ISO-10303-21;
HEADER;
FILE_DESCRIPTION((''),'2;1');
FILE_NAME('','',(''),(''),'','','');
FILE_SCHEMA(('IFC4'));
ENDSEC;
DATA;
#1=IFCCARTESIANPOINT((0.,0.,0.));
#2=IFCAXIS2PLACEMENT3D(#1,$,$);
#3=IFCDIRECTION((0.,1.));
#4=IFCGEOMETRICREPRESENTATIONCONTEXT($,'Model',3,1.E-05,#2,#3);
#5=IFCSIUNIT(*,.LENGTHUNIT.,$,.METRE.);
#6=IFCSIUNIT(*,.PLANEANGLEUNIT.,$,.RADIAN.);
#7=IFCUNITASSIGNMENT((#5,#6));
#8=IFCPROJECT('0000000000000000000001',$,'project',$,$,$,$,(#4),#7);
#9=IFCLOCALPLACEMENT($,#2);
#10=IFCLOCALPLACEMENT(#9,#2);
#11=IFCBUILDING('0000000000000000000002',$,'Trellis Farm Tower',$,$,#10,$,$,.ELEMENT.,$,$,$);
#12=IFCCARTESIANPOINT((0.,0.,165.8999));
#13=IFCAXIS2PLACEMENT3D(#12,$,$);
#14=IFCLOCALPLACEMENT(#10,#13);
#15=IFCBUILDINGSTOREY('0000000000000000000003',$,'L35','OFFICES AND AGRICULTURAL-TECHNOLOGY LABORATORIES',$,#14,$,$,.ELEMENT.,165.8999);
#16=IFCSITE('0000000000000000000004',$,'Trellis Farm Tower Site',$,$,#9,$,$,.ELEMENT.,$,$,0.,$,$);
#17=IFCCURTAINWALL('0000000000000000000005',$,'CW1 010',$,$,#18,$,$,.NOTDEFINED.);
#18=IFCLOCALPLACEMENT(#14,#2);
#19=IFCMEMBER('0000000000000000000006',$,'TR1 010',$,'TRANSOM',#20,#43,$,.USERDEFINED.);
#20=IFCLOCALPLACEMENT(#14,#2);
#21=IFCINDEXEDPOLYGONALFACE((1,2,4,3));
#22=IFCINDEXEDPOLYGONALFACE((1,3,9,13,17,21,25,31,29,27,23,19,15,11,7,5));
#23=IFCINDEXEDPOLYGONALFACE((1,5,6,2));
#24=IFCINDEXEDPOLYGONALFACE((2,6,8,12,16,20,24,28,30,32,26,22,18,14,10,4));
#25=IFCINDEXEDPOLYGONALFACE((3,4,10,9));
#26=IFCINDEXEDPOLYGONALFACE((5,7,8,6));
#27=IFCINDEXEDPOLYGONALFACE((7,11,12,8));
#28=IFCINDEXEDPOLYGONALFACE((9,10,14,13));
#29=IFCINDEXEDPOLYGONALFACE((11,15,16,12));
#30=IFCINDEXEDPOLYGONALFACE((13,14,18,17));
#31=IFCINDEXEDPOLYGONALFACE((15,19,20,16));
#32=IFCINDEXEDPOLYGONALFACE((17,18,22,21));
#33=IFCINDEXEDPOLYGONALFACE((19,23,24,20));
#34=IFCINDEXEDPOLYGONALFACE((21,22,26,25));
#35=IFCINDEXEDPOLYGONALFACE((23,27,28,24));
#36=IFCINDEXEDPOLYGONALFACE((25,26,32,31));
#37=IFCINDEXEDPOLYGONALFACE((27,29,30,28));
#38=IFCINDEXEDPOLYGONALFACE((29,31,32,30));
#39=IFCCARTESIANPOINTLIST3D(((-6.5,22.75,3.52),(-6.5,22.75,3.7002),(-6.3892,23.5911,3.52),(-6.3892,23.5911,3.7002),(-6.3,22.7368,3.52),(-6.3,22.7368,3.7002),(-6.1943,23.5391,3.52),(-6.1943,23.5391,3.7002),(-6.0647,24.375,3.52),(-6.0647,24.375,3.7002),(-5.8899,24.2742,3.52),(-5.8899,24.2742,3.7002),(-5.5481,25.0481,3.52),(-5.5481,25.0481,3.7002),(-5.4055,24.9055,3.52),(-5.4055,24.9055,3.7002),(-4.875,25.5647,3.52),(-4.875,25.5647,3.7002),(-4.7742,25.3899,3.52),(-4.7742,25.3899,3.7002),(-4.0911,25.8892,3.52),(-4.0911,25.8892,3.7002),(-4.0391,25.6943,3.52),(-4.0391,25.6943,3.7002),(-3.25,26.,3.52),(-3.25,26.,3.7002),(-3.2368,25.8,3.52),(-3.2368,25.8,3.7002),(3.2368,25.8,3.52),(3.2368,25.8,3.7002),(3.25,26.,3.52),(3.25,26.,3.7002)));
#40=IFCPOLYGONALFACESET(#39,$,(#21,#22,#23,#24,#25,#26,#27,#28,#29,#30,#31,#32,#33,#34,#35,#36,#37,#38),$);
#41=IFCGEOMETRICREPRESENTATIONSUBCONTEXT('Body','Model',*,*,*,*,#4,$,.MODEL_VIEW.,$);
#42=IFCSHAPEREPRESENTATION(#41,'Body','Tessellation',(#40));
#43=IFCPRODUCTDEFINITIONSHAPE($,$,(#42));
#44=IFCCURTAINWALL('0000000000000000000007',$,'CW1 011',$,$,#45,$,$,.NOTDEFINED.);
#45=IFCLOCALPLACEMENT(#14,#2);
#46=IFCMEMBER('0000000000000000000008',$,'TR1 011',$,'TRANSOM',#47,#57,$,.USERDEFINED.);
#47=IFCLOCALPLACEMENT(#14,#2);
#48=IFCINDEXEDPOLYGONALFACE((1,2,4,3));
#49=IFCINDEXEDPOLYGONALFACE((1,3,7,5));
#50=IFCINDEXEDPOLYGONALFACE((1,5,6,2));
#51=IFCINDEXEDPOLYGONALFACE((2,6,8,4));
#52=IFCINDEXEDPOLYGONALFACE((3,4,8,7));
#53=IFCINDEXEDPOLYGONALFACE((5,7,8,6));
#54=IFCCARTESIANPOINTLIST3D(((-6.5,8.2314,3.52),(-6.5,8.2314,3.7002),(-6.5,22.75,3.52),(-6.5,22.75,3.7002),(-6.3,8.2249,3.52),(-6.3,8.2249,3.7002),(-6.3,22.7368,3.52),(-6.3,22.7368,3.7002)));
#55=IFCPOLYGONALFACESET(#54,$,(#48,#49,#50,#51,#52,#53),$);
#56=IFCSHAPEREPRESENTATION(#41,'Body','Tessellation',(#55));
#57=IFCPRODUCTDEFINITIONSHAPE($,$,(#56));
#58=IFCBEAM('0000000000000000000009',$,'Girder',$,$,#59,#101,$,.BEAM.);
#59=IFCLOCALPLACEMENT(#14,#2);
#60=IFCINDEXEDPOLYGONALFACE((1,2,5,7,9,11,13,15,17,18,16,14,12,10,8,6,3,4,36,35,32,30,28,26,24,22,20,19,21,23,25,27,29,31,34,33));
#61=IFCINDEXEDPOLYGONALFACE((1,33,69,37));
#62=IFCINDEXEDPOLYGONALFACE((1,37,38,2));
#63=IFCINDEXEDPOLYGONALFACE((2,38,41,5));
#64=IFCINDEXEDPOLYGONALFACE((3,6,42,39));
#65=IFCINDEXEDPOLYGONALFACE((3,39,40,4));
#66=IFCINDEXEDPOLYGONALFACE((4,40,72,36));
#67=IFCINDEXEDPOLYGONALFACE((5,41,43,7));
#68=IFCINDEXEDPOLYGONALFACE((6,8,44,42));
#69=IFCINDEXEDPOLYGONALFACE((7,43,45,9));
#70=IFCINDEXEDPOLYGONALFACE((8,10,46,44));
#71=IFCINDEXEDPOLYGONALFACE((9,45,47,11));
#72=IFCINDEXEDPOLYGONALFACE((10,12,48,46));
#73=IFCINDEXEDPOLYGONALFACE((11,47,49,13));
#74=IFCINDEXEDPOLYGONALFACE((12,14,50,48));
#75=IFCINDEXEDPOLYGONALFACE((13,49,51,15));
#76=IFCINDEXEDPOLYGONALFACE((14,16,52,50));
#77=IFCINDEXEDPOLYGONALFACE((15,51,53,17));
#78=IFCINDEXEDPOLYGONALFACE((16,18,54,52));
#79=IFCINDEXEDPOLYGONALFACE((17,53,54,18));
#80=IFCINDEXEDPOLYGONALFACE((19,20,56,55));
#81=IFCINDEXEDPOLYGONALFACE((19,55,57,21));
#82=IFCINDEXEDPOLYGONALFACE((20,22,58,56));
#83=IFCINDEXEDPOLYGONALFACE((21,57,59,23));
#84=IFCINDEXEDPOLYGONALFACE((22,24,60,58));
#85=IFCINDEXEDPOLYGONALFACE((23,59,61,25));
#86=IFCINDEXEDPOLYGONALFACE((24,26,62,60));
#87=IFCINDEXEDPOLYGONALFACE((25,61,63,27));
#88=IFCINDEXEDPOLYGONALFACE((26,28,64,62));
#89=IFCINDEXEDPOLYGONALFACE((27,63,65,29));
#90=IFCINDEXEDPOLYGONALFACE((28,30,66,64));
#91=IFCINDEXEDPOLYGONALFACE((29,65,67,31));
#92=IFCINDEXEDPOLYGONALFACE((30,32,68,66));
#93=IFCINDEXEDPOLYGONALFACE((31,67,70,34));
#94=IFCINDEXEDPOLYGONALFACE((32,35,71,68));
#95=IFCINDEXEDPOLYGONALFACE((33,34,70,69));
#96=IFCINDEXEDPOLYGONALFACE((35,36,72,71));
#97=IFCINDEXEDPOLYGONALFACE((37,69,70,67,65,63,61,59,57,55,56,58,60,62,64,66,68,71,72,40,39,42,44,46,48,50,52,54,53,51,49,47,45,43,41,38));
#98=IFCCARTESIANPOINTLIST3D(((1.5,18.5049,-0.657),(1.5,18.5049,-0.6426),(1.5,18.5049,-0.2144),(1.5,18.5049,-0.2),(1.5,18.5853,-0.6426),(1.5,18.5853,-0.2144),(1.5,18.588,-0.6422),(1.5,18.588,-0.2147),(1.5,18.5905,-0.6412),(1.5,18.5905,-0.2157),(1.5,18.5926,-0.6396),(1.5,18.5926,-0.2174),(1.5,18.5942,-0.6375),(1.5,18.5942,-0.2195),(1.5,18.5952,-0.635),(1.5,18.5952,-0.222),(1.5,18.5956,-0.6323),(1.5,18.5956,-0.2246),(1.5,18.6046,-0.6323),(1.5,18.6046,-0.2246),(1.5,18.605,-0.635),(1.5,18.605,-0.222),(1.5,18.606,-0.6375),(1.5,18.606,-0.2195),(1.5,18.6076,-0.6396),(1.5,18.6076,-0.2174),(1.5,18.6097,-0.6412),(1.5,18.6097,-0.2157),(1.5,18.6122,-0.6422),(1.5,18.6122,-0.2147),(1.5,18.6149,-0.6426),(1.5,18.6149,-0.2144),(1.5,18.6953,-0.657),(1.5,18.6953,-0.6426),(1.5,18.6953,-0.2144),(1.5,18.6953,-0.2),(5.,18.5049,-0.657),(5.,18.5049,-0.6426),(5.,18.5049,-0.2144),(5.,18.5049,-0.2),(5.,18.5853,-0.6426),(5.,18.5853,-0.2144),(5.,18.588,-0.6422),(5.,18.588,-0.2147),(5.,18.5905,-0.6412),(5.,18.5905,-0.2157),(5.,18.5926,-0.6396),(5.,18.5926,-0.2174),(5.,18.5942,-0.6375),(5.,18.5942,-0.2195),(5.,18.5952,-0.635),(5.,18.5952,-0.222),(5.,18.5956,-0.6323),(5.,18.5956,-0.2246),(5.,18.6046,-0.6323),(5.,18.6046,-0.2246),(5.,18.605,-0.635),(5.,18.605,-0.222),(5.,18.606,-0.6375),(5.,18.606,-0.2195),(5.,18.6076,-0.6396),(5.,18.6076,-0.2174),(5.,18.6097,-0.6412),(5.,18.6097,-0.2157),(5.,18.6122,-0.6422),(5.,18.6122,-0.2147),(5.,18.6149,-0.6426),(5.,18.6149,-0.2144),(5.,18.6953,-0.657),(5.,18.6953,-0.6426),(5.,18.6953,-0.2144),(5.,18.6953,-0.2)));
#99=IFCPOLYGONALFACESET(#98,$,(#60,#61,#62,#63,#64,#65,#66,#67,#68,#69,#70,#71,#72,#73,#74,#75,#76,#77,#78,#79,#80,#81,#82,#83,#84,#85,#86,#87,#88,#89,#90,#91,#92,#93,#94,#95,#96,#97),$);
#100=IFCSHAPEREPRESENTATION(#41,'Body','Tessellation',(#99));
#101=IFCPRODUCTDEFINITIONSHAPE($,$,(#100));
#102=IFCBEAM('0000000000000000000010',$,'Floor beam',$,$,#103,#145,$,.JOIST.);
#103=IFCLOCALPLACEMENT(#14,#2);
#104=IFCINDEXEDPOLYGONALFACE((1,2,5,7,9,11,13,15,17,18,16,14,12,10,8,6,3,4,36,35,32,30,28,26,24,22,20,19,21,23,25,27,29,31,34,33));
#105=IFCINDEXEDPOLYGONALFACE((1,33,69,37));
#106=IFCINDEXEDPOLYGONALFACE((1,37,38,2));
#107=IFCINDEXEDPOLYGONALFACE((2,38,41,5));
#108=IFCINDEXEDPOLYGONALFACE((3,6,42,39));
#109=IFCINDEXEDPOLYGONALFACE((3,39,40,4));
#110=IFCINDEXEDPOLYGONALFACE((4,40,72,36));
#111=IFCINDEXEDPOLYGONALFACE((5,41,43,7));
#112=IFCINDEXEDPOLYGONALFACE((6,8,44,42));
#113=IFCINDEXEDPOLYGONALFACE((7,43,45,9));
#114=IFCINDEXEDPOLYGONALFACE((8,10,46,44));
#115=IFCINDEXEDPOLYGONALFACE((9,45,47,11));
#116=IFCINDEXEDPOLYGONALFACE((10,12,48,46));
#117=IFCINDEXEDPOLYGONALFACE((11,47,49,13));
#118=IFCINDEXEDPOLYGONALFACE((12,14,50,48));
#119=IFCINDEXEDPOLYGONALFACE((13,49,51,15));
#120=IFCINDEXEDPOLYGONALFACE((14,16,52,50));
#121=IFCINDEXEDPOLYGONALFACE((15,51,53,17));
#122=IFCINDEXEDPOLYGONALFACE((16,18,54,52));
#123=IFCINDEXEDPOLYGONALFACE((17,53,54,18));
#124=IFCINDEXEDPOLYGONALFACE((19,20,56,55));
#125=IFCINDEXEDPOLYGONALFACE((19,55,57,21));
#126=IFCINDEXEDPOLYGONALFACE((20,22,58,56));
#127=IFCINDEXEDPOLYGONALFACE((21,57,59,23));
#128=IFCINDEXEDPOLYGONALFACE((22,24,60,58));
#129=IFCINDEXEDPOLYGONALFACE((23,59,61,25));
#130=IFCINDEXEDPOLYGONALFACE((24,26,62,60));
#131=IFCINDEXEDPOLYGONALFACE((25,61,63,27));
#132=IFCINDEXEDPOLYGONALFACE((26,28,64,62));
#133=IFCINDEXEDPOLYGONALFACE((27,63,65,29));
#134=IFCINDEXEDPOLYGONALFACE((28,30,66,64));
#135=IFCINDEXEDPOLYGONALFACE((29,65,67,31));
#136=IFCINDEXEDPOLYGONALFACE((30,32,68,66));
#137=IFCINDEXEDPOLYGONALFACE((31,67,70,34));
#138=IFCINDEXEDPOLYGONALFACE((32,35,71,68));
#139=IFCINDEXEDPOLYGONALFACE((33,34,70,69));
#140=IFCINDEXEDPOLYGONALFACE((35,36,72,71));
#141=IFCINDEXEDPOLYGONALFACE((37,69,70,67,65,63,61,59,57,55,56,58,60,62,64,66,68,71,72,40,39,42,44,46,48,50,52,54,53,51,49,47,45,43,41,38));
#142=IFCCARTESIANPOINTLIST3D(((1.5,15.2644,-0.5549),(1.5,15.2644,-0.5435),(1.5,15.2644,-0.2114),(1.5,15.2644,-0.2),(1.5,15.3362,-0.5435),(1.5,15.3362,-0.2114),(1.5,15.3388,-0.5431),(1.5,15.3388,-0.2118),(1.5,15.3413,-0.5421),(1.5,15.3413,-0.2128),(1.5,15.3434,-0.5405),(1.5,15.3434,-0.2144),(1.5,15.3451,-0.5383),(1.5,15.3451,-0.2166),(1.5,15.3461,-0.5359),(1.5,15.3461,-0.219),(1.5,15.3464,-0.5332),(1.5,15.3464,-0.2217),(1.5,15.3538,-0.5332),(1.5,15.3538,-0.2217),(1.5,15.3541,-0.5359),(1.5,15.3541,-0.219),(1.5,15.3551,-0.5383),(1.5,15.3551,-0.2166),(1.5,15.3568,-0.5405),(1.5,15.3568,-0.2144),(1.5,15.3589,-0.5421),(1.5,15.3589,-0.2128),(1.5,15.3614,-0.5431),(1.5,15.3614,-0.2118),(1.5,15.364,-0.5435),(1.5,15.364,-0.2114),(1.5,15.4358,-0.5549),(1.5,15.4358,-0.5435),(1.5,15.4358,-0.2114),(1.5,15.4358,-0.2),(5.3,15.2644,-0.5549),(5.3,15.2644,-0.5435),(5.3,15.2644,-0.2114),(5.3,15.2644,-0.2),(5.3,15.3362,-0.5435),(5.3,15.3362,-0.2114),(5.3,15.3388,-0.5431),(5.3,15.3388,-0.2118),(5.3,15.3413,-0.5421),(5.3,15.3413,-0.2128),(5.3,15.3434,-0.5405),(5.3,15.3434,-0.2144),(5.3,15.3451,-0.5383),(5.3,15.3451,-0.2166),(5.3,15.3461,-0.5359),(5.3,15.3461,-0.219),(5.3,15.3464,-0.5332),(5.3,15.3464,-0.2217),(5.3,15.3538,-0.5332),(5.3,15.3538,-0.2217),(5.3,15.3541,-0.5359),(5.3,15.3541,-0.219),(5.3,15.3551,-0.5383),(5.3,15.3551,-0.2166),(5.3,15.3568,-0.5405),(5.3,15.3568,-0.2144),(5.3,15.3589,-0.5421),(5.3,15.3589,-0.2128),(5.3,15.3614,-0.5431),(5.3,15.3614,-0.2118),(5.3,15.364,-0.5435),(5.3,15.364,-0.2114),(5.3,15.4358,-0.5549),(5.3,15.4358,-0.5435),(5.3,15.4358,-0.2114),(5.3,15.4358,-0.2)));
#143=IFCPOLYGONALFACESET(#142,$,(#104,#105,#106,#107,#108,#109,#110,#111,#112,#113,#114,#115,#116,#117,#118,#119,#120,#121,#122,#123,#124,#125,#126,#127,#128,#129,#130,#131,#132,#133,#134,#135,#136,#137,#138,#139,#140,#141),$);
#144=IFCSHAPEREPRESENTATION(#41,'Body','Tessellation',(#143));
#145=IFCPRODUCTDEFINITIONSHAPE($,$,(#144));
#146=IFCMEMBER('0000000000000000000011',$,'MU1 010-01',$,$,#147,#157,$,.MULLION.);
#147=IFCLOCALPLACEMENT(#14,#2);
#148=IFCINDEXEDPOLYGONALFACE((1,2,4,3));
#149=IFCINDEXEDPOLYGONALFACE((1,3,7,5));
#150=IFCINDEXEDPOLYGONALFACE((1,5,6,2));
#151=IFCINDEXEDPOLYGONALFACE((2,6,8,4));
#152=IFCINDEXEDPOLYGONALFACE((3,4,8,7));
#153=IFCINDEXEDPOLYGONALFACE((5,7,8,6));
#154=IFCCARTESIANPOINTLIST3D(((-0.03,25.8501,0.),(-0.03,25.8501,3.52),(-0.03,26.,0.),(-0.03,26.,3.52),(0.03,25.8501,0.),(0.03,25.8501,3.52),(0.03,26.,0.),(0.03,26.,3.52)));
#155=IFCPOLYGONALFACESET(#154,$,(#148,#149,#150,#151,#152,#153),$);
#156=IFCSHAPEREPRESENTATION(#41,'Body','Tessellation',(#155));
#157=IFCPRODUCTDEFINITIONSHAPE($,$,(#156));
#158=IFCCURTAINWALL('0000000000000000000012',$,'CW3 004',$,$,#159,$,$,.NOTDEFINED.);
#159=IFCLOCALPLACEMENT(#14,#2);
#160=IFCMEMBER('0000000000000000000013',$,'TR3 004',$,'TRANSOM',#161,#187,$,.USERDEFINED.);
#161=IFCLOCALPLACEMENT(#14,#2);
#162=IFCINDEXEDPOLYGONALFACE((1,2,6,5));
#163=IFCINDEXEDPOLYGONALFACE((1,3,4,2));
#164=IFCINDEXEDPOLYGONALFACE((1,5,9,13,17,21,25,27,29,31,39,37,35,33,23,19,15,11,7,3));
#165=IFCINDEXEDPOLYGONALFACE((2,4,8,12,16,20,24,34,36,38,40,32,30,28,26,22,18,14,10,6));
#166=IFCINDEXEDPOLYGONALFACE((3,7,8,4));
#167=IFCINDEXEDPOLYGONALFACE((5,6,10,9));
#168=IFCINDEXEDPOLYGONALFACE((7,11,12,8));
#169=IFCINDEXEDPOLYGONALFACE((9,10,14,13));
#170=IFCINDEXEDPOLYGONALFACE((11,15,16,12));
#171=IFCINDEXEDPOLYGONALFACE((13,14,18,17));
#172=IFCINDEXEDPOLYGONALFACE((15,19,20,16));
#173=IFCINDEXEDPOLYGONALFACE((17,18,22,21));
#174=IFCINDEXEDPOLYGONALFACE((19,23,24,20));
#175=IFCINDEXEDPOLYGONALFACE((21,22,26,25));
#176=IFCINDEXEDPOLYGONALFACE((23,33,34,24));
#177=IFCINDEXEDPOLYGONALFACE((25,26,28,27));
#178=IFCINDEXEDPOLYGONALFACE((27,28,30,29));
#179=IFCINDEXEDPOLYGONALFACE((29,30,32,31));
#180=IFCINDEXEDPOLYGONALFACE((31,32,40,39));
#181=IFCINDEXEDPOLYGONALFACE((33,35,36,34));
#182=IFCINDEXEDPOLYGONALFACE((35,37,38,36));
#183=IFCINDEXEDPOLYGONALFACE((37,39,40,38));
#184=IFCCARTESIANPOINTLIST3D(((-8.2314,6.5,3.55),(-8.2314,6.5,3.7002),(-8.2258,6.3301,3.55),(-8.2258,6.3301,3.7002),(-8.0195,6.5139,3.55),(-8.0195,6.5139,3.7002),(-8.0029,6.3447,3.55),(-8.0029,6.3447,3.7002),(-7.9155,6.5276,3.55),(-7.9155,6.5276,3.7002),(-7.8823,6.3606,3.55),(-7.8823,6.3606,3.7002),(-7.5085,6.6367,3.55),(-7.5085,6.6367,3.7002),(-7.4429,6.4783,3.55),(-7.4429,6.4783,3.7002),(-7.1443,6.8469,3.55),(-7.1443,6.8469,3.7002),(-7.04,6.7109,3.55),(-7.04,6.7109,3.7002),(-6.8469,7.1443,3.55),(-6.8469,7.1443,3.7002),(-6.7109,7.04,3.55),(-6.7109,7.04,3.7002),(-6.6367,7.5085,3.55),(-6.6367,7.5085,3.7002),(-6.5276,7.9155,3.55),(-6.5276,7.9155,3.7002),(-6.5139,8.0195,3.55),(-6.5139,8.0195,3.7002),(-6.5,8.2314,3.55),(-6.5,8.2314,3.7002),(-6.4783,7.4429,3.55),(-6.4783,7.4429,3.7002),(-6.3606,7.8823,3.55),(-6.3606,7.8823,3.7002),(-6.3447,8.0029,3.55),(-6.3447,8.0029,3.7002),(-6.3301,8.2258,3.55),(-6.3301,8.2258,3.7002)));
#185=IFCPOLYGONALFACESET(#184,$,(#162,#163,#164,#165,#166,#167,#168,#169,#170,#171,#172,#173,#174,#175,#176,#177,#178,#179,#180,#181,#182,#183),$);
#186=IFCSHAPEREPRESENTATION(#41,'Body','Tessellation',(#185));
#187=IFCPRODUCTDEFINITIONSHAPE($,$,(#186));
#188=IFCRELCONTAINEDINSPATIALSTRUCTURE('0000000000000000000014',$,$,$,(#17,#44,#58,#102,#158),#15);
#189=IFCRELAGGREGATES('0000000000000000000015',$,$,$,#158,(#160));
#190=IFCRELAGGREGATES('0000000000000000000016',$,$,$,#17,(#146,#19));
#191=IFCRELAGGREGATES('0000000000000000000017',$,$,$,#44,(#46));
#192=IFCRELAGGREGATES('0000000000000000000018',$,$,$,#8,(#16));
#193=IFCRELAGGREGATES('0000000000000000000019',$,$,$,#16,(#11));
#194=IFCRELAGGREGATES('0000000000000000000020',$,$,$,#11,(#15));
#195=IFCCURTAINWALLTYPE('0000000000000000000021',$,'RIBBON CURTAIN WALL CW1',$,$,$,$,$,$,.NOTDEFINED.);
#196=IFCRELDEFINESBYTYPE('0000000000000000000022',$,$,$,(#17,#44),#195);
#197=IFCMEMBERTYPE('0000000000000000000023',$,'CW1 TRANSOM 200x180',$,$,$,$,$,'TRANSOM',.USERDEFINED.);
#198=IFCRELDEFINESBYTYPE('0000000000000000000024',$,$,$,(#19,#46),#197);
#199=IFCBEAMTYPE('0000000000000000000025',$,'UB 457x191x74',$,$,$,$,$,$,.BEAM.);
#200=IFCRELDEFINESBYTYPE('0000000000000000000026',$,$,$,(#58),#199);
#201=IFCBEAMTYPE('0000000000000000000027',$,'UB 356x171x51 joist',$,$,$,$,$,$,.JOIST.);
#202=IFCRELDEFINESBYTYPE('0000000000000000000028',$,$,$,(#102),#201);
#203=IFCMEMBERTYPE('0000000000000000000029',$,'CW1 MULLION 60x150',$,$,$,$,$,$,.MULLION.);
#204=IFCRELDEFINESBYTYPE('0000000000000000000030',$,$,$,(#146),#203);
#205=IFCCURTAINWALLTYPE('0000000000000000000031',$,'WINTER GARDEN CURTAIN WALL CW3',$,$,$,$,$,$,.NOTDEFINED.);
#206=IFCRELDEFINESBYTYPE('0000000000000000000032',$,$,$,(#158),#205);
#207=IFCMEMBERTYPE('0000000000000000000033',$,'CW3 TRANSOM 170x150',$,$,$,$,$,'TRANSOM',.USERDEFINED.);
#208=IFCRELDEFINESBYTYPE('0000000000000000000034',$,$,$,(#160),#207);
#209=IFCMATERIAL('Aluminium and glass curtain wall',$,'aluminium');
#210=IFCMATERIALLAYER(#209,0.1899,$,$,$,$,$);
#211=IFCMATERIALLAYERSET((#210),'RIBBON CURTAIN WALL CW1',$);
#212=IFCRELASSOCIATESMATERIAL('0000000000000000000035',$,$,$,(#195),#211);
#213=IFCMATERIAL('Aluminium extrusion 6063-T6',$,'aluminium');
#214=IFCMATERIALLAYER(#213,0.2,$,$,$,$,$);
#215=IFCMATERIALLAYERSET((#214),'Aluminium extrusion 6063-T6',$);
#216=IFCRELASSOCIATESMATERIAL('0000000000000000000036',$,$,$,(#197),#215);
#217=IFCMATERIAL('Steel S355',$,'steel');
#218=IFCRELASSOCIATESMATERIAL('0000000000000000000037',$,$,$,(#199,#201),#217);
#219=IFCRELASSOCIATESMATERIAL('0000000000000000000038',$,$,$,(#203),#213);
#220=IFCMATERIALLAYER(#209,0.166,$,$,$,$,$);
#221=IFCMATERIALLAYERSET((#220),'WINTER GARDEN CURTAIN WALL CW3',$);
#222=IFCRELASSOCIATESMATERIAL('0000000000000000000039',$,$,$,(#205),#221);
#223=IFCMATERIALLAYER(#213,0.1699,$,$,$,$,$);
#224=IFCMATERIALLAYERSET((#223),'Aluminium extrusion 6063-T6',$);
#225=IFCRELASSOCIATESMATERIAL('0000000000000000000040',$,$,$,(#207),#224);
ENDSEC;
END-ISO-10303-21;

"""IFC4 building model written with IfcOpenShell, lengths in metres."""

from ifc_helpers import new_model, si_unit, direction, frame, origin, origin_2d, place, context, subcontext, project, spatial, polyline, rectangle, i_section, outline, extrude, source, transform, mapped, material, layer, layer_set, material_profile, profile_set, type_object, element, aggregate, save


model = new_model("IFC4")

# Units and contexts
model_context = context("Model", 3, precision=1e-05, world=origin(), true_north=direction((0.0, 1.0)))
body_context = subcontext(model_context, "Body", "Model", "MODEL_VIEW")
ifc_project = project(units=[si_unit("LENGTHUNIT", "METRE"), si_unit("PLANEANGLEUNIT", "RADIAN")], contexts=[model_context])

# Site, building, storey
site_placement = place(None, origin())
site = spatial("IfcSite", under=ifc_project, at=site_placement, Name="Trellis Farm Tower Site", CompositionType="ELEMENT", RefElevation=0.0)
building_placement = place(site_placement, origin())
building = spatial("IfcBuilding", under=site, at=building_placement, Name="Trellis Farm Tower", CompositionType="ELEMENT")
storey_placement = place(building_placement, frame((0.0, 0.0, 165.8999)))
storey = spatial("IfcBuildingStorey", under=building, at=storey_placement, Name="L35", Description="OFFICES AND AGRICULTURAL-TECHNOLOGY LABORATORIES", CompositionType="ELEMENT", Elevation=165.8999)

# Curtain walls, members
ifc_material_1 = material(Name="Aluminium and glass curtain wall", Category="aluminium")
ifc_layer_1 = layer(ifc_material_1, 0.1899)
ifc_layer_set_1 = layer_set([ifc_layer_1], Name="RIBBON CURTAIN WALL CW1")
curtain_wall_type_1 = type_object("IfcCurtainWallType", Name="RIBBON CURTAIN WALL CW1", PredefinedType="NOTDEFINED", material=ifc_layer_set_1)
placement_1 = place(storey_placement, origin())
curtain_wall_1 = element("IfcCurtainWall", 1, at=placement_1, inside=storey, type_object=curtain_wall_type_1, Name="CW1 010", PredefinedType="NOTDEFINED")
ifc_material_2 = material(Name="Aluminium extrusion 6063-T6", Category="aluminium")
ifc_layer_2 = layer(ifc_material_2, 0.2)
ifc_layer_set_2 = layer_set([ifc_layer_2], Name="Aluminium extrusion 6063-T6")
member_type_1 = type_object("IfcMemberType", Name="CW1 TRANSOM 200x180", ElementType="TRANSOM", PredefinedType="USERDEFINED", material=ifc_layer_set_2)
placement_2 = place(storey_placement, frame((0.0, 0.0, 3.52)))
member_1 = element("IfcMember", 2, at=placement_2, type_object=member_type_1, Name="TR1 010", ObjectType="TRANSOM", PredefinedType="USERDEFINED", context=body_context, shape_type="SweptSolid", body=[
    extrude(outline(polyline([(3.25, 26.0), (-3.25, 26.0), (-4.0911, 25.8892), (-4.875, 25.5647), (-5.5481, 25.0481), (-6.0647, 24.375), (-6.3892, 23.5911), (-6.5, 22.75), (-6.3, 22.7368), (-6.1943, 23.5391), (-5.8899, 24.2742), (-5.4055, 24.9055), (-4.7742, 25.3899), (-4.0391, 25.6943), (-3.2368, 25.8), (3.2368, 25.8), (3.25, 26.0)])), origin(), (0.0, 0.0, 1.0), 0.1802),
])
curtain_wall_2 = element("IfcCurtainWall", 3, at=placement_1, inside=storey, type_object=curtain_wall_type_1, Name="CW1 011", PredefinedType="NOTDEFINED")
member_2 = element("IfcMember", 4, at=placement_2, type_object=member_type_1, Name="TR1 011", ObjectType="TRANSOM", PredefinedType="USERDEFINED", context=body_context, shape_type="SweptSolid", body=[
    extrude(outline(polyline([(-6.5, 22.75), (-6.5, 8.2314), (-6.3, 8.2249), (-6.3, 22.7368), (-6.5, 22.75)])), origin(), (0.0, 0.0, 1.0), 0.1802),
])

# Beams
ifc_material_3 = material(Name="Steel S355", Category="steel")
ifc_material_profile_1 = material_profile(ifc_material_3, i_section(OverallWidth=0.1904, OverallDepth=0.457, WebThickness=0.009, FlangeThickness=0.0144, FilletRadius=0.0103, at=origin_2d()), Name="UB 457x191x74")
ifc_profile_set_1 = profile_set([ifc_material_profile_1], Name="Steel S355")
beam_type_1 = type_object("IfcBeamType", Name="UB 457x191x74", PredefinedType="BEAM", material=ifc_profile_set_1)
shared_shape_1 = source(origin(), body_context, "Body", "SweptSolid", [
    extrude(i_section(OverallWidth=0.1904, OverallDepth=0.457, WebThickness=0.009, FlangeThickness=0.0144, FilletRadius=0.0103, at=origin_2d()), origin(), (0.0, 0.0, 1.0), 3.5),
])
beam_1_placement = place(storey_placement, frame((1.5, 18.6001, -0.4285), z_axis=(1.0, 0.0, 0.0), x_axis=(0.0, 1.0, 0.0)))
element("IfcBeam", 5, at=beam_1_placement, inside=storey, type_object=beam_type_1, Name="Girder", PredefinedType="BEAM", context=body_context, shape_type="MappedRepresentation", body=[
    mapped(shared_shape_1, transform((0.0, 0.0, 0.0))),
])
ifc_material_profile_2 = material_profile(ifc_material_3, i_section(OverallWidth=0.1714, OverallDepth=0.355, WebThickness=0.0073, FlangeThickness=0.0115, FilletRadius=0.0103, at=origin_2d()), Name="UB 356x171x51")
ifc_profile_set_2 = profile_set([ifc_material_profile_2], Name="Steel S355")
beam_type_2 = type_object("IfcBeamType", Name="UB 356x171x51 joist", PredefinedType="JOIST", material=ifc_profile_set_2)
shared_shape_2 = source(origin(), body_context, "Body", "SweptSolid", [
    extrude(i_section(OverallWidth=0.1714, OverallDepth=0.355, WebThickness=0.0073, FlangeThickness=0.0115, FilletRadius=0.0103, at=origin_2d()), origin(), (0.0, 0.0, 1.0), 3.8),
])
beam_2_placement = place(storey_placement, frame((1.5, 15.3501, -0.3774), z_axis=(1.0, 0.0, 0.0), x_axis=(0.0, 1.0, 0.0)))
element("IfcBeam", 6, at=beam_2_placement, inside=storey, type_object=beam_type_2, Name="Floor beam", PredefinedType="JOIST", context=body_context, shape_type="MappedRepresentation", body=[
    mapped(shared_shape_2, transform((0.0, 0.0, 0.0))),
])

# Member
ifc_material_profile_3 = material_profile(ifc_material_2, rectangle(XDim=0.0601, YDim=0.1499, at=origin_2d()), Name="MULLION 60x150")
ifc_profile_set_3 = profile_set([ifc_material_profile_3], Name="Aluminium extrusion 6063-T6")
member_type_2 = type_object("IfcMemberType", Name="CW1 MULLION 60x150", PredefinedType="MULLION", material=ifc_profile_set_3)
shared_shape_3 = source(origin(), body_context, "Body", "SweptSolid", [
    extrude(rectangle(XDim=0.0601, YDim=0.1499, at=origin_2d()), origin(), (0.0, 0.0, 1.0), 3.52),
])
member_3_placement = place(storey_placement, frame((0.0, 25.925, 0.0), z_axis=(0.0, 0.0, 1.0), x_axis=(-1.0, 0.0, 0.0)))
member_3 = element("IfcMember", 7, at=member_3_placement, type_object=member_type_2, Name="MU1 010-01", PredefinedType="MULLION", context=body_context, shape_type="MappedRepresentation", body=[
    mapped(shared_shape_3, transform((0.0, 0.0, 0.0))),
])

# Curtain wall, member
ifc_layer_3 = layer(ifc_material_1, 0.166)
ifc_layer_set_3 = layer_set([ifc_layer_3], Name="WINTER GARDEN CURTAIN WALL CW3")
curtain_wall_type_2 = type_object("IfcCurtainWallType", Name="WINTER GARDEN CURTAIN WALL CW3", PredefinedType="NOTDEFINED", material=ifc_layer_set_3)
curtain_wall_3 = element("IfcCurtainWall", 8, at=placement_1, inside=storey, type_object=curtain_wall_type_2, Name="CW3 004", PredefinedType="NOTDEFINED")
ifc_layer_4 = layer(ifc_material_2, 0.1699)
ifc_layer_set_4 = layer_set([ifc_layer_4], Name="Aluminium extrusion 6063-T6")
member_type_3 = type_object("IfcMemberType", Name="CW3 TRANSOM 170x150", ElementType="TRANSOM", PredefinedType="USERDEFINED", material=ifc_layer_set_4)
shared_shape_4 = source(origin(), body_context, "Body", "SweptSolid", [
    extrude(outline(polyline([(-6.5, 8.2314), (-6.5139, 8.0195), (-6.5276, 7.9155), (-6.6367, 7.5085), (-6.8469, 7.1443), (-7.1443, 6.8469), (-7.5085, 6.6367), (-7.9155, 6.5276), (-8.0195, 6.5139), (-8.2314, 6.5), (-8.2258, 6.3301), (-8.0029, 6.3447), (-7.8823, 6.3606), (-7.4429, 6.4783), (-7.04, 6.7109), (-6.7109, 7.04), (-6.4783, 7.4429), (-6.3606, 7.8823), (-6.3447, 8.0029), (-6.3301, 8.2258), (-6.5, 8.2314)])), origin(), (0.0, 0.0, 1.0), 0.1501),
])
member_4_placement = place(storey_placement, frame((0.0, 0.0, 3.55)))
member_4 = element("IfcMember", 9, at=member_4_placement, type_object=member_type_3, Name="TR3 004", ObjectType="TRANSOM", PredefinedType="USERDEFINED", context=body_context, shape_type="MappedRepresentation", body=[
    mapped(shared_shape_4, transform((0.0, 0.0, 0.0))),
])

aggregate(curtain_wall_3, [member_4])
aggregate(curtain_wall_1, [member_3, member_1])
aggregate(curtain_wall_2, [member_2])

save(model, "model.ifc")
